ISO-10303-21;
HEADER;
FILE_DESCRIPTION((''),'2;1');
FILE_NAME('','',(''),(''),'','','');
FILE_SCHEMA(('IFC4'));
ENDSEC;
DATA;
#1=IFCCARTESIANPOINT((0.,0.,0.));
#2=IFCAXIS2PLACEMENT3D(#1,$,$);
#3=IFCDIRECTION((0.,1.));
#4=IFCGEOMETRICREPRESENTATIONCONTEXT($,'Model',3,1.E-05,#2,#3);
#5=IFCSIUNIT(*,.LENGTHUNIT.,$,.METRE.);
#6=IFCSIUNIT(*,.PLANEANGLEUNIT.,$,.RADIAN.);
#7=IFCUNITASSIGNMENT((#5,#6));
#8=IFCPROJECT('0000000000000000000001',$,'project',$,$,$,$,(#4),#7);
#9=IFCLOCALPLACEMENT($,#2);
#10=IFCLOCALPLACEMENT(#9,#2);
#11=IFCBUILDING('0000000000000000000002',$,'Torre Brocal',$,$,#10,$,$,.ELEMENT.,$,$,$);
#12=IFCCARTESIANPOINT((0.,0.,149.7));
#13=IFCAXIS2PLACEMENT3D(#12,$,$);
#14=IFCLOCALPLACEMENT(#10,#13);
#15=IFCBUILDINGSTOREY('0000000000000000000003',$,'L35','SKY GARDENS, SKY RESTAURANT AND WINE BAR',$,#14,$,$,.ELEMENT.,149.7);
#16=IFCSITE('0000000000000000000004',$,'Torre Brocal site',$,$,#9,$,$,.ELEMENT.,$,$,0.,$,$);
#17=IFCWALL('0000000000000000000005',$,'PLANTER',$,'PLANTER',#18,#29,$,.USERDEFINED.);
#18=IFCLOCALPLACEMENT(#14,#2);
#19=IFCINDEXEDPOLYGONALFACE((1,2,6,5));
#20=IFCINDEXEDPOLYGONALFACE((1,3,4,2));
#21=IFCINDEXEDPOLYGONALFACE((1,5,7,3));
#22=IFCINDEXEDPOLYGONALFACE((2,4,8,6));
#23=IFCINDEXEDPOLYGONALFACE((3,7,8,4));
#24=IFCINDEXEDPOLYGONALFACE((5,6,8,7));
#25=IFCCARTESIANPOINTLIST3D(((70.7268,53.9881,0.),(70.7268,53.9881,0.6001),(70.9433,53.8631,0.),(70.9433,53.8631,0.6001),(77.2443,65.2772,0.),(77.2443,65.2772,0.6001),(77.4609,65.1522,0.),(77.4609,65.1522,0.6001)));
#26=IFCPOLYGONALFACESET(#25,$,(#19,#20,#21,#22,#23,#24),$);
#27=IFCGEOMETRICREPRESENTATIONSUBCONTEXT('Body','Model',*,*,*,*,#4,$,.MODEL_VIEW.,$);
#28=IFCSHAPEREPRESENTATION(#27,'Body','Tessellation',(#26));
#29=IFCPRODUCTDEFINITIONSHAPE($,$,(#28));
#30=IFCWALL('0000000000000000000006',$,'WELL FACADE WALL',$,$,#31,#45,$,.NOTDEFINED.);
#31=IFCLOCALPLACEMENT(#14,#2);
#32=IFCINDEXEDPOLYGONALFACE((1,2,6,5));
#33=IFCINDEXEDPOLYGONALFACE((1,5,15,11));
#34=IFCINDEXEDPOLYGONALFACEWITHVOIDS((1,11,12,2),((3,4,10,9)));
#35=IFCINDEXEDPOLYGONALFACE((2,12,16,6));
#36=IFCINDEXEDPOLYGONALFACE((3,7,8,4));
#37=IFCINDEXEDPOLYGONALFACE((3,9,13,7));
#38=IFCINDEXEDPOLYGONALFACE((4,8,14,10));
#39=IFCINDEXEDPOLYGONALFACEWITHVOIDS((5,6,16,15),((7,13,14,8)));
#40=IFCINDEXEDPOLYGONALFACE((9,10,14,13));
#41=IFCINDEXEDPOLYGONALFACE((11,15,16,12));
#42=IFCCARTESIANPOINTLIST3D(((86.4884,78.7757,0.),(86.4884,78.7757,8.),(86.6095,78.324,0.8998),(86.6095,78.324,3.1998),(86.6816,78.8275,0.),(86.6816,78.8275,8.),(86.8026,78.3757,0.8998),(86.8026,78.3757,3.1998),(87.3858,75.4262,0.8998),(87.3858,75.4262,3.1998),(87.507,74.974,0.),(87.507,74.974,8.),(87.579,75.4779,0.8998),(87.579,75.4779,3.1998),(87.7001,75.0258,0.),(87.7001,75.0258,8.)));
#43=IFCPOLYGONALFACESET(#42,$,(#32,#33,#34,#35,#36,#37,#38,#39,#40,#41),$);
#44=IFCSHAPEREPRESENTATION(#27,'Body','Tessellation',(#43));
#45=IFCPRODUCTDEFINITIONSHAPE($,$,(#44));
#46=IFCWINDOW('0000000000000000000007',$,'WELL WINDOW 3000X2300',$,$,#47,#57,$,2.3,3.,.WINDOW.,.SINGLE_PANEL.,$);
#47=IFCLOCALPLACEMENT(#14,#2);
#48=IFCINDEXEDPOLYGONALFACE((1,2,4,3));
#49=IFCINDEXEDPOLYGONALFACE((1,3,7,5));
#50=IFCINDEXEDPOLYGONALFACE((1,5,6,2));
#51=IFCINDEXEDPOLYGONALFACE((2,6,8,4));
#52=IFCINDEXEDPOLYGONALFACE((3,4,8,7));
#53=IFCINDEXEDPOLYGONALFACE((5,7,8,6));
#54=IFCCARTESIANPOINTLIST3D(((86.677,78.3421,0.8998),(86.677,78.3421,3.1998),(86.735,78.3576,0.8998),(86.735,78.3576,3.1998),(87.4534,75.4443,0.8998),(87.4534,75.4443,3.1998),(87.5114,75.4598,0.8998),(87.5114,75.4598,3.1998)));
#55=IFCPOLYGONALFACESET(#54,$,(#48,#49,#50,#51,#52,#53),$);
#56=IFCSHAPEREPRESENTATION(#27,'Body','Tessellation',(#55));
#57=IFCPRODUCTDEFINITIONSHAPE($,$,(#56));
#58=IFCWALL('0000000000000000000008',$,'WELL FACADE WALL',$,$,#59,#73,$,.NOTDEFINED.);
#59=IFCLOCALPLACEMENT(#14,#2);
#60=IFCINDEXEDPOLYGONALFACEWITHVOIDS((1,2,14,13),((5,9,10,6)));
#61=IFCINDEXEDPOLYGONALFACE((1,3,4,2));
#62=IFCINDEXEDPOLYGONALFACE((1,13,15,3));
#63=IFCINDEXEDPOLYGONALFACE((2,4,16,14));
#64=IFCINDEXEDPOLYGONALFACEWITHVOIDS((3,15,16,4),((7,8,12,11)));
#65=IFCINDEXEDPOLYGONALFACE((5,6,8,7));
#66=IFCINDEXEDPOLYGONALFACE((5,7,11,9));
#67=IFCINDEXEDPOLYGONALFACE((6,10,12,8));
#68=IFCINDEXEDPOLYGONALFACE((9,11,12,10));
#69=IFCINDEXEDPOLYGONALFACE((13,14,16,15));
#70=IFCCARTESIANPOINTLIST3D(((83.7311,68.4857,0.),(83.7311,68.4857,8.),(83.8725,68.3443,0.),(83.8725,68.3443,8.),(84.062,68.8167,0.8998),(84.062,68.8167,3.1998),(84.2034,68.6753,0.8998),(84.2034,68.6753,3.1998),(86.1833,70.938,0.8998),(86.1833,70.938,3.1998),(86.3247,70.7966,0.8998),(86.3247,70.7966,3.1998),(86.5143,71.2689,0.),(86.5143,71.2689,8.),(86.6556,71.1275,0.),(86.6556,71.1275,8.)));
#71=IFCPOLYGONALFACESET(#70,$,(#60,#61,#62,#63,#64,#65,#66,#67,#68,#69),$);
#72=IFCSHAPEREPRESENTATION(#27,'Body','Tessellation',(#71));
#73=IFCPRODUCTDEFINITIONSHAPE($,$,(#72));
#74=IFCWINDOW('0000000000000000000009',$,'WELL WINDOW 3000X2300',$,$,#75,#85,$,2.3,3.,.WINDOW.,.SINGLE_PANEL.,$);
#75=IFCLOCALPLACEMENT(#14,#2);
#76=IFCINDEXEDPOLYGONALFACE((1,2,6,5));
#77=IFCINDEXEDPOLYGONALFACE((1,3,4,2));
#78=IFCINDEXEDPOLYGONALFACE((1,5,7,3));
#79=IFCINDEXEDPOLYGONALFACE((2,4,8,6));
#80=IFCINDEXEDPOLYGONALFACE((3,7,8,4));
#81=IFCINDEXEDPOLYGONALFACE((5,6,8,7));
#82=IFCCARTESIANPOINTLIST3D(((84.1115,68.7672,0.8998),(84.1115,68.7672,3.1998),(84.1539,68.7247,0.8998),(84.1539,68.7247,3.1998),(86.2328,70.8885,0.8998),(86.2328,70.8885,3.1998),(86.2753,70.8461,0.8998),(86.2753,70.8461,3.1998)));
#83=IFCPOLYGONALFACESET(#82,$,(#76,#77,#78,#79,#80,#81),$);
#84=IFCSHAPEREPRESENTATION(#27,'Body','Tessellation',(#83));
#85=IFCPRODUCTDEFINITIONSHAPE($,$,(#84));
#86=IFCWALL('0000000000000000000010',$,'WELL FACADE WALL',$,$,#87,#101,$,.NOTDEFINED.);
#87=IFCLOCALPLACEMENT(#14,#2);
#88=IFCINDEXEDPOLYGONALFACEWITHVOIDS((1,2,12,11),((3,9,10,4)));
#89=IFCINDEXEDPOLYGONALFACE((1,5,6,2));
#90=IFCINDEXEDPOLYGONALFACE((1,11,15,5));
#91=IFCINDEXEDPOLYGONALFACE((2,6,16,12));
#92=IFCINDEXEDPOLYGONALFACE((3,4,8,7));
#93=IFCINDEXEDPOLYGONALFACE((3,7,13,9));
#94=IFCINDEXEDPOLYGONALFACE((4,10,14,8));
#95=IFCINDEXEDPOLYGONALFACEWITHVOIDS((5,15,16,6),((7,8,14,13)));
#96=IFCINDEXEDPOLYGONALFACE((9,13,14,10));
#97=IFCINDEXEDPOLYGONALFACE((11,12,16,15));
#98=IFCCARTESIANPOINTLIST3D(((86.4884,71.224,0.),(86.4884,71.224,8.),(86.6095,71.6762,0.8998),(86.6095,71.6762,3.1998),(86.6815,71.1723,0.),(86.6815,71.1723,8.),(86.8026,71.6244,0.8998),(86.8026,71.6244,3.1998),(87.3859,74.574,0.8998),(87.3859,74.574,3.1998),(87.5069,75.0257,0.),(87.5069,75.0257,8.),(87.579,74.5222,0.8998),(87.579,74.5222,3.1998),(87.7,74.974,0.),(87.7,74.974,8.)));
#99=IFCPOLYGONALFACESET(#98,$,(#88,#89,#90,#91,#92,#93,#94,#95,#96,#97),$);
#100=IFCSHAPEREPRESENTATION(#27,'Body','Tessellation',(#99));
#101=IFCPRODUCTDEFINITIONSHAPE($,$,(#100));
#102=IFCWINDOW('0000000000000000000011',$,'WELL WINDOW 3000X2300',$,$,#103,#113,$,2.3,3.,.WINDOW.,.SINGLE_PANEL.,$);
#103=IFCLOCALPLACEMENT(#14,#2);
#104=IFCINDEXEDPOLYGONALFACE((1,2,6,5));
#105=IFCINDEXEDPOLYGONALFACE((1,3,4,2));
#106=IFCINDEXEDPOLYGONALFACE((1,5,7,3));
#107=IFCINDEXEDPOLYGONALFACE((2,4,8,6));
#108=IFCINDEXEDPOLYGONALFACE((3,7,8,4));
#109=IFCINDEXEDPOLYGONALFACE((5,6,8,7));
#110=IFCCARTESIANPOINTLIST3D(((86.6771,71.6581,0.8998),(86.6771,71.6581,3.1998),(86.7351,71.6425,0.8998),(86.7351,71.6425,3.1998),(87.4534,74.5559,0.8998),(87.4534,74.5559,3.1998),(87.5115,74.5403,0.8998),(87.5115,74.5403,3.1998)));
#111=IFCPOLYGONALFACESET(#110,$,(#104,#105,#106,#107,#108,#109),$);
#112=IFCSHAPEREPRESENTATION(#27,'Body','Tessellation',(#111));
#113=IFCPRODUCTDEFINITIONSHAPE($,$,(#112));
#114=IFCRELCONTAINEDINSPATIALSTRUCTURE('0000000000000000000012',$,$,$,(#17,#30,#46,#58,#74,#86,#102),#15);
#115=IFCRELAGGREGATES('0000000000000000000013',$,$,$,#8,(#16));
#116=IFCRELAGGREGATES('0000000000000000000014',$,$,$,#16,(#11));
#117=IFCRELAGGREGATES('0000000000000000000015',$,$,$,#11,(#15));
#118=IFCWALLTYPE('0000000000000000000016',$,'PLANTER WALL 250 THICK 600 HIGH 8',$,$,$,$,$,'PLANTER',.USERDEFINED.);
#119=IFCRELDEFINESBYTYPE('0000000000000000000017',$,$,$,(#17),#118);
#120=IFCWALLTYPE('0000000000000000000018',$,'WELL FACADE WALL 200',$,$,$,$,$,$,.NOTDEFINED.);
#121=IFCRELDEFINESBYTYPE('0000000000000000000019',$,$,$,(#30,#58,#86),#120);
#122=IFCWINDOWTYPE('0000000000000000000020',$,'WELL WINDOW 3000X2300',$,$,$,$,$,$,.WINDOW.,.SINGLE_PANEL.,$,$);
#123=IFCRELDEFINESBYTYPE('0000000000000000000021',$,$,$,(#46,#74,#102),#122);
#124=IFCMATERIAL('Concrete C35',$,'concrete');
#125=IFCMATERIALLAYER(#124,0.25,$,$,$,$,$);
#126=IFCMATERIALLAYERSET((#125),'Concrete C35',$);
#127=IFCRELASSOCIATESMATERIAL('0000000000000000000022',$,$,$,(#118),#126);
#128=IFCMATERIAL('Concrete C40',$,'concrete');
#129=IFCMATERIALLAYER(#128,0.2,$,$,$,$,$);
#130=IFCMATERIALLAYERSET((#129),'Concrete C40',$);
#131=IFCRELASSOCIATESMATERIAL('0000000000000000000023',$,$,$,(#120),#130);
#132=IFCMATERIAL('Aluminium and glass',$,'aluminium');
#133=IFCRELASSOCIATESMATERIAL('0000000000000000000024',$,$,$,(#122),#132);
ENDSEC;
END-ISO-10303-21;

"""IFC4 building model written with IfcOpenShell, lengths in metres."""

from ifc_helpers import new_model, si_unit, direction, frame, frame_2d, origin, place, context, subcontext, project, spatial, rectangle, extrude, material, layer, layer_set, type_object, element, fill, save


model = new_model("IFC4")

# Units and contexts
model_context = context("Model", 3, precision=1e-05, world=origin(), true_north=direction((0.0, 1.0)))
body_context = subcontext(model_context, "Body", "Model", "MODEL_VIEW")
ifc_project = project(units=[si_unit("LENGTHUNIT", "METRE"), si_unit("PLANEANGLEUNIT", "RADIAN")], contexts=[model_context])

# Site, building, storey
site_placement = place(None, origin())
site = spatial("IfcSite", under=ifc_project, at=site_placement, Name="Torre Brocal site", CompositionType="ELEMENT", RefElevation=0.0)
building_placement = place(site_placement, origin())
building = spatial("IfcBuilding", under=site, at=building_placement, Name="Torre Brocal", CompositionType="ELEMENT")
storey_placement = place(building_placement, frame((0.0, 0.0, 149.7)))
storey = spatial("IfcBuildingStorey", under=building, at=storey_placement, Name="L35", Description="SKY GARDENS, SKY RESTAURANT AND WINE BAR", CompositionType="ELEMENT", Elevation=149.7)

# Wall
ifc_material_1 = material(Name="Concrete C35", Category="concrete")
ifc_layer_1 = layer(ifc_material_1, 0.25)
ifc_layer_set_1 = layer_set([ifc_layer_1], Name="Concrete C35")
wall_type_1 = type_object("IfcWallType", Name="PLANTER WALL 250 THICK 600 HIGH 8", ElementType="PLANTER", PredefinedType="USERDEFINED", material=ifc_layer_set_1)
wall_1_placement = place(storey_placement, frame((77.3525, 65.2146, 0.0), z_axis=(0.0, 0.0, 1.0), x_axis=(-0.49999, -0.866031, 0.0)))
element("IfcWall", 1, at=wall_1_placement, inside=storey, type_object=wall_type_1, Name="PLANTER", ObjectType="PLANTER", PredefinedType="USERDEFINED", context=body_context, shape_type="SweptSolid", body=[
    extrude(rectangle(XDim=13.0354, YDim=0.25, at=frame_2d((6.5176, 0.0))), origin(), (0.0, 0.0, 1.0), 0.6001),
])

# Walls, openings, windows
ifc_material_2 = material(Name="Concrete C40", Category="concrete")
ifc_layer_2 = layer(ifc_material_2, 0.2)
ifc_layer_set_2 = layer_set([ifc_layer_2], Name="Concrete C40")
wall_type_2 = type_object("IfcWallType", Name="WELL FACADE WALL 200", PredefinedType="NOTDEFINED", material=ifc_layer_set_2)
wall_2_placement = place(storey_placement, frame((87.6035, 75.0, 0.0), z_axis=(0.0, 0.0, 1.0), x_axis=(-0.25879, 0.965934, 0.0)))
wall_2 = element("IfcWall", 2, at=wall_2_placement, inside=storey, type_object=wall_type_2, Name="WELL FACADE WALL", PredefinedType="NOTDEFINED", context=body_context, shape_type="SweptSolid", body=[
    extrude(rectangle(XDim=3.9358, YDim=0.2, at=frame_2d((1.9678, 0.0))), origin(), (0.0, 0.0, 1.0), 8.0),
])
opening_1_placement = place(wall_2_placement, frame((0.468, 0.0, 0.8999)))
opening_1 = element("IfcOpeningElement", 3, at=opening_1_placement, cuts=wall_2, PredefinedType="OPENING", context=body_context, shape_type="SweptSolid", body=[
    extrude(rectangle(XDim=3.0, YDim=2.3, at=frame_2d((1.5, 1.1499))), frame((0.0, 0.1099, 0.0), z_axis=(0.0, -1.0, 0.0), x_axis=(1.0, 0.0, 0.0)), (0.0, 0.0, 1.0), 0.22),
])
ifc_material_3 = material(Name="Aluminium and glass", Category="aluminium")
window_type_1 = type_object("IfcWindowType", Name="WELL WINDOW 3000X2300", PartitioningType="SINGLE_PANEL", PredefinedType="WINDOW", material=ifc_material_3)
window_1_placement = place(opening_1_placement, origin())
window_1 = element("IfcWindow", 4, at=window_1_placement, inside=storey, type_object=window_type_1, Name="WELL WINDOW 3000X2300", OverallHeight=2.3, OverallWidth=3.0, PartitioningType="SINGLE_PANEL", PredefinedType="WINDOW", context=body_context, shape_type="SweptSolid", body=[
    extrude(rectangle(XDim=3.0, YDim=2.3, at=frame_2d((1.5, 1.1499))), frame((0.0, 0.03, 0.0), z_axis=(0.0, -1.0, 0.0), x_axis=(1.0, 0.0, 0.0)), (0.0, 0.0, 1.0), 0.0601),
])
fill(opening_1, window_1)
wall_3_placement = place(storey_placement, frame((83.8018, 68.415, 0.0), z_axis=(0.0, 0.0, 1.0), x_axis=(0.707107, 0.707107, 0.0)))
wall_3 = element("IfcWall", 5, at=wall_3_placement, inside=storey, type_object=wall_type_2, Name="WELL FACADE WALL", PredefinedType="NOTDEFINED", context=body_context, shape_type="SweptSolid", body=[
    extrude(rectangle(XDim=3.936, YDim=0.2, at=frame_2d((1.968, 0.0))), origin(), (0.0, 0.0, 1.0), 8.0),
])
opening_2_placement = place(wall_3_placement, frame((0.468, 0.0, 0.8999)))
opening_2 = element("IfcOpeningElement", 6, at=opening_2_placement, cuts=wall_3, PredefinedType="OPENING", context=body_context, shape_type="SweptSolid", body=[
    extrude(rectangle(XDim=3.0, YDim=2.3, at=frame_2d((1.5, 1.1499))), frame((0.0, 0.1099, 0.0), z_axis=(0.0, -1.0, 0.0), x_axis=(1.0, 0.0, 0.0)), (0.0, 0.0, 1.0), 0.22),
])
window_2_placement = place(opening_2_placement, origin())
window_2 = element("IfcWindow", 7, at=window_2_placement, inside=storey, type_object=window_type_1, Name="WELL WINDOW 3000X2300", OverallHeight=2.3, OverallWidth=3.0, PartitioningType="SINGLE_PANEL", PredefinedType="WINDOW", context=body_context, shape_type="SweptSolid", body=[
    extrude(rectangle(XDim=3.0, YDim=2.3, at=frame_2d((1.5, 1.1499))), frame((0.0, 0.03, 0.0), z_axis=(0.0, -1.0, 0.0), x_axis=(1.0, 0.0, 0.0)), (0.0, 0.0, 1.0), 0.0601),
])
fill(opening_2, window_2)
wall_4_placement = place(storey_placement, frame((86.585, 71.1982, 0.0), z_axis=(0.0, 0.0, 1.0), x_axis=(0.25879, 0.965934, 0.0)))
wall_4 = element("IfcWall", 8, at=wall_4_placement, inside=storey, type_object=wall_type_2, Name="WELL FACADE WALL", PredefinedType="NOTDEFINED", context=body_context, shape_type="SweptSolid", body=[
    extrude(rectangle(XDim=3.9358, YDim=0.2, at=frame_2d((1.9678, 0.0))), origin(), (0.0, 0.0, 1.0), 8.0),
])
opening_3_placement = place(wall_4_placement, frame((0.468, 0.0, 0.8999)))
opening_3 = element("IfcOpeningElement", 9, at=opening_3_placement, cuts=wall_4, PredefinedType="OPENING", context=body_context, shape_type="SweptSolid", body=[
    extrude(rectangle(XDim=3.0, YDim=2.3, at=frame_2d((1.5, 1.1499))), frame((0.0, 0.1099, 0.0), z_axis=(0.0, -1.0, 0.0), x_axis=(1.0, 0.0, 0.0)), (0.0, 0.0, 1.0), 0.22),
])
window_3_placement = place(opening_3_placement, origin())
window_3 = element("IfcWindow", 10, at=window_3_placement, inside=storey, type_object=window_type_1, Name="WELL WINDOW 3000X2300", OverallHeight=2.3, OverallWidth=3.0, PartitioningType="SINGLE_PANEL", PredefinedType="WINDOW", context=body_context, shape_type="SweptSolid", body=[
    extrude(rectangle(XDim=3.0, YDim=2.3, at=frame_2d((1.5, 1.1499))), frame((0.0, 0.03, 0.0), z_axis=(0.0, -1.0, 0.0), x_axis=(1.0, 0.0, 0.0)), (0.0, 0.0, 1.0), 0.0601),
])
fill(opening_3, window_3)

save(model, "model.ifc")
